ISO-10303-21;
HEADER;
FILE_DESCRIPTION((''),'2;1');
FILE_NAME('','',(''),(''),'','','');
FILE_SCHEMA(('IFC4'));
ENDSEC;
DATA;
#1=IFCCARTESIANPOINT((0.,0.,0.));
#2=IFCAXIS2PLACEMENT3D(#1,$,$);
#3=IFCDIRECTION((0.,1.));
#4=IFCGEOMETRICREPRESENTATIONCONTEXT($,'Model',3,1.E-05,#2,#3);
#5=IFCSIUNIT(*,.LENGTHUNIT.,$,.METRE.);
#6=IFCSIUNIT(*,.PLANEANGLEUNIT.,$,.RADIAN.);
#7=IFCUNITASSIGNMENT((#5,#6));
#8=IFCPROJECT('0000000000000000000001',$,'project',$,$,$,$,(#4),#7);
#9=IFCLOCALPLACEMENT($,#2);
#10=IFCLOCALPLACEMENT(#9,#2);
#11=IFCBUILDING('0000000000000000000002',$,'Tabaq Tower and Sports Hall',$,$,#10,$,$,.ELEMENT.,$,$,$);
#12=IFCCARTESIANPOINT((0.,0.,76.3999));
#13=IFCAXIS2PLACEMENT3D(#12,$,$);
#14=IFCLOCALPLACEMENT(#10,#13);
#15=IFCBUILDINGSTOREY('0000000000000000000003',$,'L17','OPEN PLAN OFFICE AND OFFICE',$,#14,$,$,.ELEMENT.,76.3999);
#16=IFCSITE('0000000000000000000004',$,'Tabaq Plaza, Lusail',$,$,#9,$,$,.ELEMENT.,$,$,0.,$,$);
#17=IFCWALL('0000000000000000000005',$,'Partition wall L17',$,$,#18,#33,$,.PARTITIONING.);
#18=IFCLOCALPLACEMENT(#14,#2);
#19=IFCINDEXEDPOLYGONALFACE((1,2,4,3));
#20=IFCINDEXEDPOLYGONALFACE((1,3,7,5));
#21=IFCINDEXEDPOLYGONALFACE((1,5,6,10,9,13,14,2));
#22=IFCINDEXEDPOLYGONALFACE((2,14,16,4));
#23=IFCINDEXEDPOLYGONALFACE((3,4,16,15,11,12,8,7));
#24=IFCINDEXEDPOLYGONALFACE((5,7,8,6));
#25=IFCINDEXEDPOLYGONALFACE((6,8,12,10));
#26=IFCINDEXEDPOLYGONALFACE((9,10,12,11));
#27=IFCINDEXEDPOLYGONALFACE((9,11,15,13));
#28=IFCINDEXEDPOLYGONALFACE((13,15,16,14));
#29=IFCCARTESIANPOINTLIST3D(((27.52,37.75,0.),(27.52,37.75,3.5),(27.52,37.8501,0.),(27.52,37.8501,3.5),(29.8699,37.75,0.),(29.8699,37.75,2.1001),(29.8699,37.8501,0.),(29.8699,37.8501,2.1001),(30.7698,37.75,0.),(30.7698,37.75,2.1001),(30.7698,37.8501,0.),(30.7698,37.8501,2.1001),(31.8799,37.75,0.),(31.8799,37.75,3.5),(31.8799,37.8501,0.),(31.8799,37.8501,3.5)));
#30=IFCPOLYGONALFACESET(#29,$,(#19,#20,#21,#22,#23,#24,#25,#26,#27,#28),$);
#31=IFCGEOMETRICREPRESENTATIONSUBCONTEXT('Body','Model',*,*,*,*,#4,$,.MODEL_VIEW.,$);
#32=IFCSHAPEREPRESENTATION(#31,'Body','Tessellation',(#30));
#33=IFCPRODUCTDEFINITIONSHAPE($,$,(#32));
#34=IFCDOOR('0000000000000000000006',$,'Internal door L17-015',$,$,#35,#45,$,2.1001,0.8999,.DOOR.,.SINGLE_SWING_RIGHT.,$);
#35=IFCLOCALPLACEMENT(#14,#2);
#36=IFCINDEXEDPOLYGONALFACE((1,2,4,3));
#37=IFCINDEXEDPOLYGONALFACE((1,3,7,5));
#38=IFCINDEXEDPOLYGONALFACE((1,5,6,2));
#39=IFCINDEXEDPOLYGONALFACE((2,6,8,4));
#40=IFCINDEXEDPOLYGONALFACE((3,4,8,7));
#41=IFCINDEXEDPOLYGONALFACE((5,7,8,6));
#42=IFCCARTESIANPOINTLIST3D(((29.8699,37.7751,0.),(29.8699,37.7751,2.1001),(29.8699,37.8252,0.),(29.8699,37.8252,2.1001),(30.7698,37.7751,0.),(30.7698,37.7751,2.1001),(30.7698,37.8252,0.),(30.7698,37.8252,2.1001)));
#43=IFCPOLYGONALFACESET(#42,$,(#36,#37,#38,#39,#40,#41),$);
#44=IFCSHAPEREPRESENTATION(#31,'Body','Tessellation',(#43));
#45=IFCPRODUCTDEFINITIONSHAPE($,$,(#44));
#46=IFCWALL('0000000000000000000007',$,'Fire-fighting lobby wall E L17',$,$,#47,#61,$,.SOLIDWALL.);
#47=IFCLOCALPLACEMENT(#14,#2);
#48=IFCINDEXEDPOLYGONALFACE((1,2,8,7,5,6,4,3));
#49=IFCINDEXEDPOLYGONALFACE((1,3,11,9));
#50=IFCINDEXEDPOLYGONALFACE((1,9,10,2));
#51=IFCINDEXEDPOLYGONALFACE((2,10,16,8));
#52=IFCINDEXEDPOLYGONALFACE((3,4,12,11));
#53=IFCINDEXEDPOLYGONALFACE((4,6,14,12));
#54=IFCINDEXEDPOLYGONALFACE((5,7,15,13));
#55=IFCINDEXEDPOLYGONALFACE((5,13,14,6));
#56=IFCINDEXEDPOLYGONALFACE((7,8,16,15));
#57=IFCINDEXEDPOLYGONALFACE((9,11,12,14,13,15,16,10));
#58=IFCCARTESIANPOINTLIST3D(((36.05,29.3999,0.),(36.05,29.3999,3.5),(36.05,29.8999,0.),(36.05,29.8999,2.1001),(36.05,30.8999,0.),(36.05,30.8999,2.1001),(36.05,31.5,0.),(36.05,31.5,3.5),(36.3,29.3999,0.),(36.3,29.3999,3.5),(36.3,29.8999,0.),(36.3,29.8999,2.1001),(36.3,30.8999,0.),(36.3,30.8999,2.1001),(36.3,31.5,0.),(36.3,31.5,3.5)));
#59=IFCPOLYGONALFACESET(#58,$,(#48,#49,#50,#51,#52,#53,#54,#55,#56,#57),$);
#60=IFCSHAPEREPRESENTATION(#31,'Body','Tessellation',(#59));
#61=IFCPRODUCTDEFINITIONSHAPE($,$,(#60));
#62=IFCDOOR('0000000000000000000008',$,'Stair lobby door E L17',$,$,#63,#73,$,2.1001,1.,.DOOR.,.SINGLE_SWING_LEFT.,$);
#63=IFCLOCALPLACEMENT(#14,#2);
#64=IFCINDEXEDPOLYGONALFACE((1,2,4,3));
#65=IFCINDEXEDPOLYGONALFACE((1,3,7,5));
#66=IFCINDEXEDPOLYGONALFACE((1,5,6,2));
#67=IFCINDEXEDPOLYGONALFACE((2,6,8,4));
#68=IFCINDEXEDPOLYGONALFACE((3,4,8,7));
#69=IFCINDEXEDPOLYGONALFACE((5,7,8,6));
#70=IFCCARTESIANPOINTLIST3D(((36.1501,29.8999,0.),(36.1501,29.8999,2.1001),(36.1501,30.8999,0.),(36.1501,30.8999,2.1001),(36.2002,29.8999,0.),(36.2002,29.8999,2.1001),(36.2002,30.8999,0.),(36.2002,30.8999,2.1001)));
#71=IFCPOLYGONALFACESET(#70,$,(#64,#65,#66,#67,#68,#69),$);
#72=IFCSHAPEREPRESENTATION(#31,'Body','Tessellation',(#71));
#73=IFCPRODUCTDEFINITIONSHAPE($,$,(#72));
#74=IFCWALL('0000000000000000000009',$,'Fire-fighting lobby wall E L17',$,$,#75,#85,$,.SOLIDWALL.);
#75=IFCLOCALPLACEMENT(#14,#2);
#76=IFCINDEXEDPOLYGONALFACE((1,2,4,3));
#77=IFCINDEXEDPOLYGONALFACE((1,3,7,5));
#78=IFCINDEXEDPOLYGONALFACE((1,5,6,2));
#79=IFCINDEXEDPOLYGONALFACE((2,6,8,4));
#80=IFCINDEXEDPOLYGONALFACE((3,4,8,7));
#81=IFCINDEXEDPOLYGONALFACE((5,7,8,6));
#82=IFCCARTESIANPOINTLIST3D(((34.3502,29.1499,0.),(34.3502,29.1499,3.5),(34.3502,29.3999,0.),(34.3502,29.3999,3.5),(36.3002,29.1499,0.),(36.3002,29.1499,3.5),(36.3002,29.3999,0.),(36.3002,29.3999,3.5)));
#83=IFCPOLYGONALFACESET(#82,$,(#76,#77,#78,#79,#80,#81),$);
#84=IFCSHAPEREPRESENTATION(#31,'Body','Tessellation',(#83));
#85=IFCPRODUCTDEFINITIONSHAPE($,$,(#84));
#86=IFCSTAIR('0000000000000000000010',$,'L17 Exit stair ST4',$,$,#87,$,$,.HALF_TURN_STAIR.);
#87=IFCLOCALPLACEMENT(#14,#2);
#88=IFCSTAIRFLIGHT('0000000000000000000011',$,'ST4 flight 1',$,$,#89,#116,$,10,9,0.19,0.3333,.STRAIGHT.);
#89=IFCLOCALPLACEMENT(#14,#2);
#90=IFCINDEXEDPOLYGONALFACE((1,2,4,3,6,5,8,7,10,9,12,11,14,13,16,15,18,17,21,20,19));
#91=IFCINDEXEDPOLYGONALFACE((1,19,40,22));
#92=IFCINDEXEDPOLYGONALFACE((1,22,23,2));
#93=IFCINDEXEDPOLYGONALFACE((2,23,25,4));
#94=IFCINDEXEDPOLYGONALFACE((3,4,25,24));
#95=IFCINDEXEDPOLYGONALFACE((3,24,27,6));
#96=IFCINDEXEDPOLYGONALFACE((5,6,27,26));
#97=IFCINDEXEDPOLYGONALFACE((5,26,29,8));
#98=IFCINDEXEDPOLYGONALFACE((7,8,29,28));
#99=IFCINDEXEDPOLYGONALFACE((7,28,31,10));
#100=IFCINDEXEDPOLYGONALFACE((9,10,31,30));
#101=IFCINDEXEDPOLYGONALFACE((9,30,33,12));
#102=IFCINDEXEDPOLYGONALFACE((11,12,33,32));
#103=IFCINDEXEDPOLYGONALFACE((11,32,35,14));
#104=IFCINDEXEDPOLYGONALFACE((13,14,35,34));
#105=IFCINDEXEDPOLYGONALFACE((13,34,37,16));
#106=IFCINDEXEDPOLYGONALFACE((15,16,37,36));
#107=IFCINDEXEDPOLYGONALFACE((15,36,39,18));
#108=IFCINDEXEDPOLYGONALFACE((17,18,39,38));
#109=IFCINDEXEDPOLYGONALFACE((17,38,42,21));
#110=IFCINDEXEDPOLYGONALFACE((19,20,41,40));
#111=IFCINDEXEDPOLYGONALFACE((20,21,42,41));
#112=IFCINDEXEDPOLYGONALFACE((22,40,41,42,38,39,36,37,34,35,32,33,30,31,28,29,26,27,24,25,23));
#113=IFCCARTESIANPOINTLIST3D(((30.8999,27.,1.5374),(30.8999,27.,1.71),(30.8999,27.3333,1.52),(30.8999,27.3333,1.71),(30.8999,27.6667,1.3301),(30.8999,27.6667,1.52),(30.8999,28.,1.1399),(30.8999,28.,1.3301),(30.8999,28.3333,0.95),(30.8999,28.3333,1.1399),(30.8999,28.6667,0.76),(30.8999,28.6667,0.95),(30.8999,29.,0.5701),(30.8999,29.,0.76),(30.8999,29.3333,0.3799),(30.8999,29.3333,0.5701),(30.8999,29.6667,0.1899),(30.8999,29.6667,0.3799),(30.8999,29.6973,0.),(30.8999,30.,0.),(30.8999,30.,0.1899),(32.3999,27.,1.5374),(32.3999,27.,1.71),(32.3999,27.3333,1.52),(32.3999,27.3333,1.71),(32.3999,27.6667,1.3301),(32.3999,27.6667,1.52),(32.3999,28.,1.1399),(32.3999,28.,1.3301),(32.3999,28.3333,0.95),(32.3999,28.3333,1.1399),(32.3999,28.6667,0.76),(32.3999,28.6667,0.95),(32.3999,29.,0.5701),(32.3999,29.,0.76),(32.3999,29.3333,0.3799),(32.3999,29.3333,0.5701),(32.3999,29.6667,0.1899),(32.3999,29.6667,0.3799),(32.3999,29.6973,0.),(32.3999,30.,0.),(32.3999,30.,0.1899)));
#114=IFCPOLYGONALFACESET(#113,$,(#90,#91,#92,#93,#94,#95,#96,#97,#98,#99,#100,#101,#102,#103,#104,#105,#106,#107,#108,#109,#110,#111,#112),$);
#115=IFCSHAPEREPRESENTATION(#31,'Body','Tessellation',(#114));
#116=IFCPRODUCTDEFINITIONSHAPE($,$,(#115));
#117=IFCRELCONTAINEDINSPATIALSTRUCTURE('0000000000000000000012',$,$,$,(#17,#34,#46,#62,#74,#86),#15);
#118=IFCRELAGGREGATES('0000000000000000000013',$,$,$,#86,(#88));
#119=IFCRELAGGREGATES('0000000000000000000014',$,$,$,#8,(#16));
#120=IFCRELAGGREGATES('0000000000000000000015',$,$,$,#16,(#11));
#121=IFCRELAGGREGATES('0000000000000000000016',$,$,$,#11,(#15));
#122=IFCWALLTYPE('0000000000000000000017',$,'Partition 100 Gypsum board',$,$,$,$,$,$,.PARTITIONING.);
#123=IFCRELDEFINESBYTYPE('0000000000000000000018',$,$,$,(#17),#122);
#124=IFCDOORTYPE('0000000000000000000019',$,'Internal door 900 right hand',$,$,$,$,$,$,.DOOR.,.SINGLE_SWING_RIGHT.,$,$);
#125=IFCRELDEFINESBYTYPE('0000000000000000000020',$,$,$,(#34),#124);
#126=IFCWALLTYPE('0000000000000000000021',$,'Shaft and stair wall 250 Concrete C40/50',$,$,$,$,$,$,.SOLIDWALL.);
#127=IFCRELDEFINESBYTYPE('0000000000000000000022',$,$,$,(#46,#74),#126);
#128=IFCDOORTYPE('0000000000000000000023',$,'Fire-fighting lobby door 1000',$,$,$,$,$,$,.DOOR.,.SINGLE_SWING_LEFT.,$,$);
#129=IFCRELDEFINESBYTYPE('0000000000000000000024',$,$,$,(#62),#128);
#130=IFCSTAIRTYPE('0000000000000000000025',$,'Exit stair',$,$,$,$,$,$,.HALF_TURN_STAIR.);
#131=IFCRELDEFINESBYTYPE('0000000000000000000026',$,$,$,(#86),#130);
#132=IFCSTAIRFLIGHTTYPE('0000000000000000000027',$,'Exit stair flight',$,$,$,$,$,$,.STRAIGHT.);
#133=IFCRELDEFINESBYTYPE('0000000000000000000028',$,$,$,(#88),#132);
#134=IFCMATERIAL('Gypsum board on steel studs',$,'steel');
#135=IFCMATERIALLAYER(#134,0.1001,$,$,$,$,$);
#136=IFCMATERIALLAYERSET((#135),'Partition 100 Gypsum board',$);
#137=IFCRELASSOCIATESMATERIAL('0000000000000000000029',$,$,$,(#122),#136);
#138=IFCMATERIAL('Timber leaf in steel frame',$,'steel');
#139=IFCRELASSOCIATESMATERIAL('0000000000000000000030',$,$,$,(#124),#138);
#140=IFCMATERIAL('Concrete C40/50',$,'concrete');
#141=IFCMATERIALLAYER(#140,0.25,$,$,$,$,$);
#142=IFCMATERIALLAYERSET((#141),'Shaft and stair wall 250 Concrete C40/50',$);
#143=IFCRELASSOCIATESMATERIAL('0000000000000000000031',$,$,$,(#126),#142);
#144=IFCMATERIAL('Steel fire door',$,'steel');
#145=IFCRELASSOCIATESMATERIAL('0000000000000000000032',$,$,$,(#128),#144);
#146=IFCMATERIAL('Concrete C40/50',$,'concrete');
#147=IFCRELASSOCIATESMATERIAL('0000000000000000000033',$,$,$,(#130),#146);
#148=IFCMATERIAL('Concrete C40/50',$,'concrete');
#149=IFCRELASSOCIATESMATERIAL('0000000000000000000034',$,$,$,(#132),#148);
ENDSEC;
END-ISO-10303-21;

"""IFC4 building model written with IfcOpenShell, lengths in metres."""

from ifc_helpers import new_model, si_unit, direction, frame, frame_2d, origin, place, context, subcontext, project, spatial, polyline, rectangle, outline, extrude, material, layer, layer_set, type_object, element, fill, aggregate, save


model = new_model("IFC4")

# Units and contexts
model_context = context("Model", 3, precision=1e-05, world=origin(), true_north=direction((0.0, 1.0)))
body_context = subcontext(model_context, "Body", "Model", "MODEL_VIEW")
ifc_project = project(units=[si_unit("LENGTHUNIT", "METRE"), si_unit("PLANEANGLEUNIT", "RADIAN")], contexts=[model_context])

# Site, building, storey
site_placement = place(None, origin())
site = spatial("IfcSite", under=ifc_project, at=site_placement, Name="Tabaq Plaza, Lusail", CompositionType="ELEMENT", RefElevation=0.0)
building_placement = place(site_placement, origin())
building = spatial("IfcBuilding", under=site, at=building_placement, Name="Tabaq Tower and Sports Hall", CompositionType="ELEMENT")
storey_placement = place(building_placement, frame((0.0, 0.0, 76.3999)))
storey = spatial("IfcBuildingStorey", under=building, at=storey_placement, Name="L17", Description="OPEN PLAN OFFICE AND OFFICE", CompositionType="ELEMENT", Elevation=76.3999)

# Shared definitions
ifc_material_1 = material(Name="Gypsum board on steel studs", Category="steel")
ifc_layer_1 = layer(ifc_material_1, 0.1001)
ifc_layer_set_1 = layer_set([ifc_layer_1], Name="Partition 100 Gypsum board")
wall_type_1 = type_object("IfcWallType", Name="Partition 100 Gypsum board", PredefinedType="PARTITIONING", material=ifc_layer_set_1)

# Walls, openings, doors
wall_1_placement = place(storey_placement, frame((31.8799, 37.8, 0.0), z_axis=(0.0, 0.0, 1.0), x_axis=(-1.0, 0.0, 0.0)))
wall_1 = element("IfcWall", 1, at=wall_1_placement, inside=storey, type_object=wall_type_1, Name="Partition wall L17", PredefinedType="PARTITIONING", context=body_context, shape_type="SweptSolid", body=[
    extrude(rectangle(XDim=4.3599, YDim=0.1001, at=frame_2d((2.1799, 0.0))), origin(), (0.0, 0.0, 1.0), 3.5),
])
opening_1_placement = place(wall_1_placement, frame((1.1101, 0.0, 0.0)))
opening_1 = element("IfcOpeningElement", 2, at=opening_1_placement, cuts=wall_1, PredefinedType="OPENING", context=body_context, shape_type="SweptSolid", body=[
    extrude(rectangle(XDim=0.8999, YDim=2.1001, at=frame_2d((0.45, 1.05))), frame((0.0, 0.05, 0.0), z_axis=(0.0, -1.0, 0.0), x_axis=(1.0, 0.0, 0.0)), (0.0, 0.0, 1.0), 0.1001),
])
ifc_material_2 = material(Name="Timber leaf in steel frame", Category="steel")
door_type_1 = type_object("IfcDoorType", Name="Internal door 900 right hand", OperationType="SINGLE_SWING_RIGHT", PredefinedType="DOOR", material=ifc_material_2)
door_1_placement = place(opening_1_placement, origin())
door_1 = element("IfcDoor", 3, at=door_1_placement, inside=storey, type_object=door_type_1, Name="Internal door L17-015", OperationType="SINGLE_SWING_RIGHT", OverallHeight=2.1001, OverallWidth=0.8999, PredefinedType="DOOR", context=body_context, shape_type="SweptSolid", body=[
    extrude(rectangle(XDim=0.8999, YDim=2.1001, at=frame_2d((0.45, 1.05))), frame((0.0, 0.0249, 0.0), z_axis=(0.0, -1.0, 0.0), x_axis=(1.0, 0.0, 0.0)), (0.0, 0.0, 1.0), 0.05),
])
fill(opening_1, door_1)
ifc_material_3 = material(Name="Concrete C40/50", Category="concrete")
ifc_layer_2 = layer(ifc_material_3, 0.25)
ifc_layer_set_2 = layer_set([ifc_layer_2], Name="Shaft and stair wall 250 Concrete C40/50")
wall_type_2 = type_object("IfcWallType", Name="Shaft and stair wall 250 Concrete C40/50", PredefinedType="SOLIDWALL", material=ifc_layer_set_2)
wall_2_placement = place(storey_placement, frame((36.175, 29.3999, 0.0), z_axis=(0.0, 0.0, 1.0), x_axis=(0.0, 1.0, 0.0)))
wall_2 = element("IfcWall", 4, at=wall_2_placement, inside=storey, type_object=wall_type_2, Name="Fire-fighting lobby wall E L17", PredefinedType="SOLIDWALL", context=body_context, shape_type="SweptSolid", body=[
    extrude(rectangle(XDim=2.1001, YDim=0.25, at=frame_2d((1.05, 0.0))), origin(), (0.0, 0.0, 1.0), 3.5),
])
opening_2_placement = place(wall_2_placement, frame((0.5, 0.0, 0.0)))
opening_2 = element("IfcOpeningElement", 5, at=opening_2_placement, cuts=wall_2, PredefinedType="OPENING", context=body_context, shape_type="SweptSolid", body=[
    extrude(rectangle(XDim=1.0, YDim=2.1001, at=frame_2d((0.5, 1.05))), frame((0.0, 0.125, 0.0), z_axis=(0.0, -1.0, 0.0), x_axis=(1.0, 0.0, 0.0)), (0.0, 0.0, 1.0), 0.25),
])
ifc_material_4 = material(Name="Steel fire door", Category="steel")
door_type_2 = type_object("IfcDoorType", Name="Fire-fighting lobby door 1000", OperationType="SINGLE_SWING_LEFT", PredefinedType="DOOR", material=ifc_material_4)
door_2_placement = place(opening_2_placement, origin())
door_2 = element("IfcDoor", 6, at=door_2_placement, inside=storey, type_object=door_type_2, Name="Stair lobby door E L17", OperationType="SINGLE_SWING_LEFT", OverallHeight=2.1001, OverallWidth=1.0, PredefinedType="DOOR", context=body_context, shape_type="SweptSolid", body=[
    extrude(rectangle(XDim=1.0, YDim=2.1001, at=frame_2d((0.5, 1.05))), frame((0.0, 0.0249, 0.0), z_axis=(0.0, -1.0, 0.0), x_axis=(1.0, 0.0, 0.0)), (0.0, 0.0, 1.0), 0.05),
])
fill(opening_2, door_2)

# Wall
wall_3_placement = place(storey_placement, frame((34.3501, 29.2749, 0.0), z_axis=(0.0, 0.0, 1.0), x_axis=(1.0, 0.0, 0.0)))
element("IfcWall", 7, at=wall_3_placement, inside=storey, type_object=wall_type_2, Name="Fire-fighting lobby wall E L17", PredefinedType="SOLIDWALL", context=body_context, shape_type="SweptSolid", body=[
    extrude(rectangle(XDim=1.95, YDim=0.25, at=frame_2d((0.9751, 0.0))), origin(), (0.0, 0.0, 1.0), 3.5),
])

# Stair, stair flight
ifc_material_5 = material(Name="Concrete C40/50", Category="concrete")
stair_type = type_object("IfcStairType", Name="Exit stair", PredefinedType="HALF_TURN_STAIR", material=ifc_material_5)
stair_placement = place(storey_placement, origin())
stair = element("IfcStair", 8, at=stair_placement, inside=storey, type_object=stair_type, Name="L17 Exit stair ST4", PredefinedType="HALF_TURN_STAIR")
ifc_material_6 = material(Name="Concrete C40/50", Category="concrete")
stair_flight_type = type_object("IfcStairFlightType", Name="Exit stair flight", PredefinedType="STRAIGHT", material=ifc_material_6)
stair_flight_placement = place(storey_placement, frame((31.6499, 30.0, 0.0), z_axis=(0.0, 0.0, 1.0), x_axis=(0.0, -1.0, 0.0)))
stair_flight = element("IfcStairFlight", 9, at=stair_flight_placement, type_object=stair_flight_type, Name="ST4 flight 1", NumberOfRisers=10, NumberOfTreads=9, PredefinedType="STRAIGHT", RiserHeight=0.19, TreadLength=0.3333, context=body_context, shape_type="SweptSolid", body=[
    extrude(outline(polyline([(0.0, 0.0), (0.0, 0.1899), (0.3333, 0.1899), (0.3333, 0.3799), (0.6667, 0.3799), (0.6667, 0.5701), (1.0, 0.5701), (1.0, 0.76), (1.3333, 0.76), (1.3333, 0.95), (1.6667, 0.95), (1.6667, 1.1399), (2.0, 1.1399), (2.0, 1.3301), (2.3333, 1.3301), (2.3333, 1.52), (2.6667, 1.52), (2.6667, 1.71), (3.0, 1.71), (3.0, 1.8999), (3.0, 1.5374), (0.3027, 0.0), (0.0, 0.0)])), frame((0.0, 0.75, 0.0), z_axis=(0.0, -1.0, 0.0), x_axis=(1.0, 0.0, 0.0)), (0.0, 0.0, 1.0), 1.5),
])
aggregate(stair, [stair_flight])

save(model, "model.ifc")
